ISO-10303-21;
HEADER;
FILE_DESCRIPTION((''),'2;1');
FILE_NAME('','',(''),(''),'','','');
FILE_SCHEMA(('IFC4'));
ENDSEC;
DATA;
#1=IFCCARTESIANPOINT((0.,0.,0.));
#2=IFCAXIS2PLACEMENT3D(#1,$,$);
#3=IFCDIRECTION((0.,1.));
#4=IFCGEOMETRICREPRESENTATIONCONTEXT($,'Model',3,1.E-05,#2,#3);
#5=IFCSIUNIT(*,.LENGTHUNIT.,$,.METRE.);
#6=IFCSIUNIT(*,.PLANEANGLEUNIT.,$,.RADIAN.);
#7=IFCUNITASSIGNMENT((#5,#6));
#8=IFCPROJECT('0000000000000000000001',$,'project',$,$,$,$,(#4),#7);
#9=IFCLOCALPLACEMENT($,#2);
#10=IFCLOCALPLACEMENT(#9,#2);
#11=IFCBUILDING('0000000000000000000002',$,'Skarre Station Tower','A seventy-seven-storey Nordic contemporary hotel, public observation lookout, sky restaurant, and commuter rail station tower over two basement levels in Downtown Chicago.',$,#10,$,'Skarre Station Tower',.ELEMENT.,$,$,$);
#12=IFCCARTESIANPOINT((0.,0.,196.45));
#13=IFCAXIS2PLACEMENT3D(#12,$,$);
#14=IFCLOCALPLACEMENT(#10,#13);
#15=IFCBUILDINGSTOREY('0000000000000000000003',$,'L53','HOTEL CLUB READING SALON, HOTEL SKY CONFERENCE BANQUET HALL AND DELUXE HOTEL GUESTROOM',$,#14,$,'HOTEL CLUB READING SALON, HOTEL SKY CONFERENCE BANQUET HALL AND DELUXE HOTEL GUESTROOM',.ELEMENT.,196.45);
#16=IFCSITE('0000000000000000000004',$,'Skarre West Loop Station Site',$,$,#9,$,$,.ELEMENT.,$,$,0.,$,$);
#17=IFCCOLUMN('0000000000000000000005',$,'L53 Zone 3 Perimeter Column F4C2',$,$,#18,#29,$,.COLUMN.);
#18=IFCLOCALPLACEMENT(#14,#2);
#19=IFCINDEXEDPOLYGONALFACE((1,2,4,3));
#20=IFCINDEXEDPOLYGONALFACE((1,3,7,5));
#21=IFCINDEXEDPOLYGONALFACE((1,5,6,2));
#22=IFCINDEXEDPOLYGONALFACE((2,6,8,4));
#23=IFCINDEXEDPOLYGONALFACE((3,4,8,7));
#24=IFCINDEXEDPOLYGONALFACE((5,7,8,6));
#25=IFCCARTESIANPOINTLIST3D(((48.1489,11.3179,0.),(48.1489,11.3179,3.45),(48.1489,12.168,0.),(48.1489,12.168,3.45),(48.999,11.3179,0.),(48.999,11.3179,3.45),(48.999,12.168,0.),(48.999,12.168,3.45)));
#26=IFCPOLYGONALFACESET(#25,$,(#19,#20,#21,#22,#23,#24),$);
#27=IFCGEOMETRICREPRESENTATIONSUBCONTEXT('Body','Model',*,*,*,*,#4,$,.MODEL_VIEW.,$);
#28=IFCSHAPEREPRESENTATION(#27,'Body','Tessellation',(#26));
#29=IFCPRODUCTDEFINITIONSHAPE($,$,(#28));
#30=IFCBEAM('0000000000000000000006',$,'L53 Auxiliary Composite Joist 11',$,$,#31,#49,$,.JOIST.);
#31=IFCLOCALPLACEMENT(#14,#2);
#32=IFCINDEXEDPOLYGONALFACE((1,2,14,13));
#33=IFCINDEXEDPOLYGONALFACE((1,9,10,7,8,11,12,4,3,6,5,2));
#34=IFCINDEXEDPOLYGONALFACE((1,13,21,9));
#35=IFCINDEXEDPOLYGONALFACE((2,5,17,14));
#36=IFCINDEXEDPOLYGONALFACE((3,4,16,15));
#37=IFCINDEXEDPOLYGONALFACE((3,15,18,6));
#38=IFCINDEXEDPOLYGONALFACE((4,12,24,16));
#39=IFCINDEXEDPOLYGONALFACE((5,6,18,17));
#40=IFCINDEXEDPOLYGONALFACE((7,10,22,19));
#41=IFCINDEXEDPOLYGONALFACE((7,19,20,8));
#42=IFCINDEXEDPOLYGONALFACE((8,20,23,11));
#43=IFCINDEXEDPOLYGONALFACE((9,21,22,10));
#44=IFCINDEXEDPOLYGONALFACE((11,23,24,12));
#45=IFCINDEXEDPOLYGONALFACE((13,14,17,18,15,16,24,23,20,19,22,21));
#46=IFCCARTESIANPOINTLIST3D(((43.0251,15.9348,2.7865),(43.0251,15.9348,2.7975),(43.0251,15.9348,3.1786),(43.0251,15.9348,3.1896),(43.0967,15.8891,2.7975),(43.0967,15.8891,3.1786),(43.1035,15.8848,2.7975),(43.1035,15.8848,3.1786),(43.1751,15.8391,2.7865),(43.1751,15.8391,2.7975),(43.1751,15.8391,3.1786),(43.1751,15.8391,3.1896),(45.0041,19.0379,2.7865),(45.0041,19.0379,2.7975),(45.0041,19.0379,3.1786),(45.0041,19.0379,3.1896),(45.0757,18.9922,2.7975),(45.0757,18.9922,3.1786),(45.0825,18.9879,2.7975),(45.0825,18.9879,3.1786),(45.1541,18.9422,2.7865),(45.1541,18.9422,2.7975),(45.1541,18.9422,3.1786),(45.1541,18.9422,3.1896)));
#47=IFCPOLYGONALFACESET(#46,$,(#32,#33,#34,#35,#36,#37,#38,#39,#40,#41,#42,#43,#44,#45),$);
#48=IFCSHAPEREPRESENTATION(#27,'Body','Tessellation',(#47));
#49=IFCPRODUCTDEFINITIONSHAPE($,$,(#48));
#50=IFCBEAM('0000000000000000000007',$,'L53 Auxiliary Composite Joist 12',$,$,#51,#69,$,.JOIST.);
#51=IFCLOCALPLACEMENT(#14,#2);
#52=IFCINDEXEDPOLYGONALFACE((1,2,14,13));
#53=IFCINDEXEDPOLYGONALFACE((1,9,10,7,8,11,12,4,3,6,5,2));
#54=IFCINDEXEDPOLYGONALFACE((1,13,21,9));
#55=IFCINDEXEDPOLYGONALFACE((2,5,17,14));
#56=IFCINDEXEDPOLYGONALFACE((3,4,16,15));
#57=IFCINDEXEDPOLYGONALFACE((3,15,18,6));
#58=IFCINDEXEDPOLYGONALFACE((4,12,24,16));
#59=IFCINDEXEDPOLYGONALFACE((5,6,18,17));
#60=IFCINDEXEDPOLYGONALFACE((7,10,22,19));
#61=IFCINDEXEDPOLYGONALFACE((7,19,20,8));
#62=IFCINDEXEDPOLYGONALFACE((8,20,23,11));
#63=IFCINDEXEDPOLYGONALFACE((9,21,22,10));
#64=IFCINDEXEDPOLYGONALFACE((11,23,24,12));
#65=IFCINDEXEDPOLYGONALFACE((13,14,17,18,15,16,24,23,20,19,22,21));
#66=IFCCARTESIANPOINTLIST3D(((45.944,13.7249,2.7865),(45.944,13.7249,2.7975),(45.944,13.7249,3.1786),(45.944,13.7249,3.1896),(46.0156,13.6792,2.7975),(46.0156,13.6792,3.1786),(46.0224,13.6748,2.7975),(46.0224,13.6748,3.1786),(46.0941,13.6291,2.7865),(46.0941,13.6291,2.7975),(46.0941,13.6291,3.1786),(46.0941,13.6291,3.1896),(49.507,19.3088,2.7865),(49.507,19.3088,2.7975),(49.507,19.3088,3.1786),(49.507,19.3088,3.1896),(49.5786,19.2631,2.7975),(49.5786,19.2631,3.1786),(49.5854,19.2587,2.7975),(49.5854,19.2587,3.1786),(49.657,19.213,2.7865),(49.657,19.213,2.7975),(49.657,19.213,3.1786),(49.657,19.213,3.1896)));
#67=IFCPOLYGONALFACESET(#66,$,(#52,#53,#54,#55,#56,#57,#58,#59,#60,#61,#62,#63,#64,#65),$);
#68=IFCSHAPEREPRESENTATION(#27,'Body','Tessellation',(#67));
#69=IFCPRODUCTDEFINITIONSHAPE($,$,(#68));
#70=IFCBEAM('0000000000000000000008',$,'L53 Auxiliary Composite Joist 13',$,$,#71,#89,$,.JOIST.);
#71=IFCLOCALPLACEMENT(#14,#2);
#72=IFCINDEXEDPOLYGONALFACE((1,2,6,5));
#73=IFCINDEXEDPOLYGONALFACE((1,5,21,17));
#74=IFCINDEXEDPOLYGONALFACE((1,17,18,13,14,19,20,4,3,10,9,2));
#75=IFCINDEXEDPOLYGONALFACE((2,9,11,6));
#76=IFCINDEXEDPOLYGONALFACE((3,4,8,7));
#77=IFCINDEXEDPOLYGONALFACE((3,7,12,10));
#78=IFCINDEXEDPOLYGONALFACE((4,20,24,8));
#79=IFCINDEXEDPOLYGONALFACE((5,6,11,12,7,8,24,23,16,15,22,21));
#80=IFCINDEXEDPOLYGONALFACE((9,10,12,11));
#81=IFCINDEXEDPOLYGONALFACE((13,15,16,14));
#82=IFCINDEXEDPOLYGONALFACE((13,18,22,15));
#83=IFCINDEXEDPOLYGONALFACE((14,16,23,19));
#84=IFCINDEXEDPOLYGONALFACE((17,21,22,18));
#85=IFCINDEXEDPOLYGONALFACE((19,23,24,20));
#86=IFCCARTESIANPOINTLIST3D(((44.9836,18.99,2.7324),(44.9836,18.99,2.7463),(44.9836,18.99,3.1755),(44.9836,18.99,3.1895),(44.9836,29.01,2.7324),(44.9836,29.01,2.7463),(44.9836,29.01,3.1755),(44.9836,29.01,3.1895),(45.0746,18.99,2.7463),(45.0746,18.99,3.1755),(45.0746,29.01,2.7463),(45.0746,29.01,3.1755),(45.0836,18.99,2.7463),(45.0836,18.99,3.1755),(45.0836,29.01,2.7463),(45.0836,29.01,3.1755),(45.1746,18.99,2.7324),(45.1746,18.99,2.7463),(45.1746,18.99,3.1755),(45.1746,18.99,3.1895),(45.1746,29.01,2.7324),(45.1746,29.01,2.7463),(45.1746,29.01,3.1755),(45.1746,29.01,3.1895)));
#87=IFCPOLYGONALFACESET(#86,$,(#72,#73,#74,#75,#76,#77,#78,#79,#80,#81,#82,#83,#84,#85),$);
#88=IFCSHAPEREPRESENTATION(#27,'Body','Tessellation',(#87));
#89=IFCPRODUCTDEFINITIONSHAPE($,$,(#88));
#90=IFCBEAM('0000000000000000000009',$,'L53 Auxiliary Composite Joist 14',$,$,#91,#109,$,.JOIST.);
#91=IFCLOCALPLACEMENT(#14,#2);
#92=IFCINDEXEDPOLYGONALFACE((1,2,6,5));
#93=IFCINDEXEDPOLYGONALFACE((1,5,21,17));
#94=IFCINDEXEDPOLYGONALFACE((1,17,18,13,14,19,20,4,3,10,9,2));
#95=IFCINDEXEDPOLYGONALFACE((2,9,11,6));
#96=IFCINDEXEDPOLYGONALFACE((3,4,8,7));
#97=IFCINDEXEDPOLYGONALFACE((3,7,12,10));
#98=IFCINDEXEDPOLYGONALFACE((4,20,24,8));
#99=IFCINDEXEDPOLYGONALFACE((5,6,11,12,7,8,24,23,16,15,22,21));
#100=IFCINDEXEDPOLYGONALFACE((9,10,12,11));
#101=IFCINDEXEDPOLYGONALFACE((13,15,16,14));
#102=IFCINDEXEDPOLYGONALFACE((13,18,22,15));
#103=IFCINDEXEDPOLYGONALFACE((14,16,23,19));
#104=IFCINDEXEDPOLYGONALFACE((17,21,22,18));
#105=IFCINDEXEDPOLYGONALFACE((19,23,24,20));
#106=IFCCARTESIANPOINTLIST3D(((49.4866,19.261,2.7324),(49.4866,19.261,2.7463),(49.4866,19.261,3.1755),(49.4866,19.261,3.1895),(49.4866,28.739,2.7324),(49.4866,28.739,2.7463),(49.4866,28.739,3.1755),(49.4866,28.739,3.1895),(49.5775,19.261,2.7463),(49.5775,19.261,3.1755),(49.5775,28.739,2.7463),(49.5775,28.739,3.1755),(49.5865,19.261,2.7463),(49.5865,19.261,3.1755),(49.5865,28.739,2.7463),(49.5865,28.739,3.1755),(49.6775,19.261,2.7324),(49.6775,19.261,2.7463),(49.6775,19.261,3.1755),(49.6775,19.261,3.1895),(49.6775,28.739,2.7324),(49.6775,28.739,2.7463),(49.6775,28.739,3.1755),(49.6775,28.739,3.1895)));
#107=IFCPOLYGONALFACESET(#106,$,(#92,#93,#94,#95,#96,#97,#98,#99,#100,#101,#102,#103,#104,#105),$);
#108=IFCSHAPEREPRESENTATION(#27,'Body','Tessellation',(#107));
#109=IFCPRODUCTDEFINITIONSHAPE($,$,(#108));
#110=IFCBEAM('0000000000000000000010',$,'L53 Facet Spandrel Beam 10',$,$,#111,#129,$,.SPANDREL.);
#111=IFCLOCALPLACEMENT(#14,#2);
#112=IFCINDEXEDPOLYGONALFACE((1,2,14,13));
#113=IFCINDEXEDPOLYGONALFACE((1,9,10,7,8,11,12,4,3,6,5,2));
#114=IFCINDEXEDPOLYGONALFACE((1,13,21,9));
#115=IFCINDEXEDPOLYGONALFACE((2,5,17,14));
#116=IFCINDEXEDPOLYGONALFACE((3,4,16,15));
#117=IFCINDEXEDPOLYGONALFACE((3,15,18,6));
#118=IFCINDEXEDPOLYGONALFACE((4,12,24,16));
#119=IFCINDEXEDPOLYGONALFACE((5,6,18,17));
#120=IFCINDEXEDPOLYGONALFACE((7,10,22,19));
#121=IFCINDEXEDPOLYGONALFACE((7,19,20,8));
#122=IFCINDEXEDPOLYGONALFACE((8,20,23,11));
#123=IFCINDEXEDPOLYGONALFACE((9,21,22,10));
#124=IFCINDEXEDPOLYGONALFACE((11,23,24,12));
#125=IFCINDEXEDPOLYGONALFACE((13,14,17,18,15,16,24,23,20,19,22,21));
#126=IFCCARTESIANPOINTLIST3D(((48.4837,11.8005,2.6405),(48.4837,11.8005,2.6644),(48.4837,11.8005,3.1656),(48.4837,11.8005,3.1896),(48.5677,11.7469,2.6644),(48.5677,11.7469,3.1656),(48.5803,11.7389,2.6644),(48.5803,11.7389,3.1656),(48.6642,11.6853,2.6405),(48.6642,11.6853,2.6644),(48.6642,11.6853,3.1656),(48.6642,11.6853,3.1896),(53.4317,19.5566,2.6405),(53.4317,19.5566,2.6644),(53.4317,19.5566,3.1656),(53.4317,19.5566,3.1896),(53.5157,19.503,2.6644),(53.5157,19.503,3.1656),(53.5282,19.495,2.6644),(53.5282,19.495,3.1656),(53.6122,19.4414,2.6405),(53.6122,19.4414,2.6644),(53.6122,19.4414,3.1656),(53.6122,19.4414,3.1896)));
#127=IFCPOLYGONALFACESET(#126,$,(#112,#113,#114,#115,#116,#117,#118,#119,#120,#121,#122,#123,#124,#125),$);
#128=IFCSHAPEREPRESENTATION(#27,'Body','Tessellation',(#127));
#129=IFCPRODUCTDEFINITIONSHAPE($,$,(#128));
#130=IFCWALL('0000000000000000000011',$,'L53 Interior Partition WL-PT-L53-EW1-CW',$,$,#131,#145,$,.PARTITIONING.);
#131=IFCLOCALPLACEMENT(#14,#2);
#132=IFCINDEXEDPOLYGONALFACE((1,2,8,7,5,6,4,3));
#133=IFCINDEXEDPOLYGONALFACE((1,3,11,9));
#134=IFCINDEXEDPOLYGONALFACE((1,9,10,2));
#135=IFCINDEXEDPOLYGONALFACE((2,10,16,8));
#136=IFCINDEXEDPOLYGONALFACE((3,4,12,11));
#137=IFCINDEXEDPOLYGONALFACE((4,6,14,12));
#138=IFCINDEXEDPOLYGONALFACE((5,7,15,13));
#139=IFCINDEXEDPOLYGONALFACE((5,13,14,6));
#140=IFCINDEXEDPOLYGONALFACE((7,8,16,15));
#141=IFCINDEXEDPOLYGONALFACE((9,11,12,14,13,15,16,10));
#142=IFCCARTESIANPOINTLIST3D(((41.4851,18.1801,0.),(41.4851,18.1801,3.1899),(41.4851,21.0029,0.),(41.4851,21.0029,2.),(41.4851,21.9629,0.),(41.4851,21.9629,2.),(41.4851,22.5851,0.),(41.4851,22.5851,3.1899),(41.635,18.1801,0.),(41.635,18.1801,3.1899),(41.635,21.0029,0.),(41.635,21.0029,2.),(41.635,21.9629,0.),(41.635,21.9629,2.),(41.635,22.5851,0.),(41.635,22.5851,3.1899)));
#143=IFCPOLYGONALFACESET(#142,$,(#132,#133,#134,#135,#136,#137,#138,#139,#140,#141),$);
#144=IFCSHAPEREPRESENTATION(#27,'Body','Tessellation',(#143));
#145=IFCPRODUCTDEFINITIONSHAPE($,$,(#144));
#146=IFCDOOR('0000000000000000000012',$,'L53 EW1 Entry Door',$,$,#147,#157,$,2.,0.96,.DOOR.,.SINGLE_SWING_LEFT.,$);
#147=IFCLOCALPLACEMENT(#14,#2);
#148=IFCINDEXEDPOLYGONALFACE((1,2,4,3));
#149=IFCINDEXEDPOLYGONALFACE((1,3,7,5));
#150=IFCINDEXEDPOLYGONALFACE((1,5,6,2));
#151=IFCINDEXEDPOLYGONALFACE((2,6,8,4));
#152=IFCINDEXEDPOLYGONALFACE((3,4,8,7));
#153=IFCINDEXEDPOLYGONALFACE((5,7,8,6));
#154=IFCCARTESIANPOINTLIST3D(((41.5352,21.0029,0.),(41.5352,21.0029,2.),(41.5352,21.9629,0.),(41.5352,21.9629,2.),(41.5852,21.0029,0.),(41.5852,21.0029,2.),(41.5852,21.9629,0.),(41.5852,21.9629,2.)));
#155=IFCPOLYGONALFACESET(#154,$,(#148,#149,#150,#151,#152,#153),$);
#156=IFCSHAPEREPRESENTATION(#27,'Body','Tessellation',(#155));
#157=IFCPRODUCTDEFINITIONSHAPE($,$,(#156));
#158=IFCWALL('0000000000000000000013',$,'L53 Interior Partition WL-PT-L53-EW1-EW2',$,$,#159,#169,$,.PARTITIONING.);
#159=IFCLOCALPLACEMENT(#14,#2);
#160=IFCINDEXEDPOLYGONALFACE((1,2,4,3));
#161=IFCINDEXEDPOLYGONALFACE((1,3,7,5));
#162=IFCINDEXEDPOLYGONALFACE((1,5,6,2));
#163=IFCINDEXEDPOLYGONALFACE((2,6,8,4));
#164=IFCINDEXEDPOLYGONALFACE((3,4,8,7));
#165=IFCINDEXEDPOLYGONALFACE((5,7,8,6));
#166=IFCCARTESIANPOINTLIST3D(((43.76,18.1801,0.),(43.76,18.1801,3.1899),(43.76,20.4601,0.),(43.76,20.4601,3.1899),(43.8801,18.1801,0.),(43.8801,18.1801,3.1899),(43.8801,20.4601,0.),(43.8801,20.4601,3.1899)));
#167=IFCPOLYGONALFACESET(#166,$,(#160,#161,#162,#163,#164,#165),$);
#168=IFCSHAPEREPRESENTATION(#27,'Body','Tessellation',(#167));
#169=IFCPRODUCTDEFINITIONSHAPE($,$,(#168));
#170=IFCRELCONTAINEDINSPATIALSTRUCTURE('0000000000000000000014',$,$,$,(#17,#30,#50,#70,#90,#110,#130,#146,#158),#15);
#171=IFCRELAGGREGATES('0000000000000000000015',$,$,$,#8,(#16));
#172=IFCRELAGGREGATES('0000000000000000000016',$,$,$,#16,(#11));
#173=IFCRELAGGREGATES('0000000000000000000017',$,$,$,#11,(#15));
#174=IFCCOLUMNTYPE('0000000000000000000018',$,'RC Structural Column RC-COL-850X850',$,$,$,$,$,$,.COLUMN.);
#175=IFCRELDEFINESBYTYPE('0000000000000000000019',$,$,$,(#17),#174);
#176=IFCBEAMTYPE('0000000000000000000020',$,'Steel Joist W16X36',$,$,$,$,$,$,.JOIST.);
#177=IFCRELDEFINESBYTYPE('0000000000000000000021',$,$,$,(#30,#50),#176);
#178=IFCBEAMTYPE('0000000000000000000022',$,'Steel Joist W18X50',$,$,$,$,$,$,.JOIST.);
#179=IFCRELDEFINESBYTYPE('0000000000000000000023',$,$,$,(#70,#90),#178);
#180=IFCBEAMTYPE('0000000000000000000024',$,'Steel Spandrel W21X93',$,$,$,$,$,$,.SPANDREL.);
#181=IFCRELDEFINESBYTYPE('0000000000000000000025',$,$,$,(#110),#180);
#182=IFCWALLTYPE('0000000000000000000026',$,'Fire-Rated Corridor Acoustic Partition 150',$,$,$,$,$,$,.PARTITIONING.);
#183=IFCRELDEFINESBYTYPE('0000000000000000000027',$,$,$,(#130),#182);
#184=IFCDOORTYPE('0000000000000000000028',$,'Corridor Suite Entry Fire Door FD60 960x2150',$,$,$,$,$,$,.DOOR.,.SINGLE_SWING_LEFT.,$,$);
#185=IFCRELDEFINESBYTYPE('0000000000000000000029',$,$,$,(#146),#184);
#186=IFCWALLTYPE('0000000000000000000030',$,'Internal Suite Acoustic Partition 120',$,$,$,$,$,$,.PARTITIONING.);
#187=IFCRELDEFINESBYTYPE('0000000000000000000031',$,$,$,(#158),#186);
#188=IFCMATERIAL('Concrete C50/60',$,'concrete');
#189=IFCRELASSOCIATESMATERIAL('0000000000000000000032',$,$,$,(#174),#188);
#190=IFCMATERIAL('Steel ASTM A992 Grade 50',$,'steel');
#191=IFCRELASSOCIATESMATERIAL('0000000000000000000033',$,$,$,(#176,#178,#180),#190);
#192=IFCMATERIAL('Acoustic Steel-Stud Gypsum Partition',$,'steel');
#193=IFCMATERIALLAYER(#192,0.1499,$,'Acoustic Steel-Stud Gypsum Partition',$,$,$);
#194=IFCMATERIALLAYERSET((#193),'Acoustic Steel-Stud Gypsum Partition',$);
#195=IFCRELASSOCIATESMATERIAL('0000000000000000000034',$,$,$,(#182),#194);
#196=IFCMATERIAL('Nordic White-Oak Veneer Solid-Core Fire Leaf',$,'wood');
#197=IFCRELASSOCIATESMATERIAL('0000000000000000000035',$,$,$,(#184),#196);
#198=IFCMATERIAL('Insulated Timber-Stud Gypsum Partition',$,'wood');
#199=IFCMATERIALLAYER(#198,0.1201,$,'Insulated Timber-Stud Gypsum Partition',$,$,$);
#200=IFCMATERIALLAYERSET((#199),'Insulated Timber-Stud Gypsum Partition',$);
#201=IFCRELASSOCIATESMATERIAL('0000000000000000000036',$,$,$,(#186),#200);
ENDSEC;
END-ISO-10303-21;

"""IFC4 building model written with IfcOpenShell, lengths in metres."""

from ifc_helpers import new_model, si_unit, direction, frame, frame_2d, origin, origin_2d, place, context, subcontext, project, spatial, rectangle, i_section, extrude, material, layer, layer_set, material_profile, profile_set, type_object, element, fill, save


model = new_model("IFC4")

# Units and contexts
model_context = context("Model", 3, precision=1e-05, world=origin(), true_north=direction((0.0, 1.0)))
body_context = subcontext(model_context, "Body", "Model", "MODEL_VIEW")
ifc_project = project(units=[si_unit("LENGTHUNIT", "METRE"), si_unit("PLANEANGLEUNIT", "RADIAN")], contexts=[model_context])

# Site, building, storey
site_placement = place(None, origin())
site = spatial("IfcSite", under=ifc_project, at=site_placement, Name="Skarre West Loop Station Site", CompositionType="ELEMENT", RefElevation=0.0)
building_placement = place(site_placement, origin())
building = spatial("IfcBuilding", under=site, at=building_placement, Name="Skarre Station Tower", Description="A seventy-seven-storey Nordic contemporary hotel, public observation lookout, sky restaurant, and commuter rail station tower over two basement levels in Downtown Chicago.", LongName="Skarre Station Tower", CompositionType="ELEMENT")
storey_placement = place(building_placement, frame((0.0, 0.0, 196.45)))
storey = spatial("IfcBuildingStorey", under=building, at=storey_placement, Name="L53", Description="HOTEL CLUB READING SALON, HOTEL SKY CONFERENCE BANQUET HALL AND DELUXE HOTEL GUESTROOM", LongName="HOTEL CLUB READING SALON, HOTEL SKY CONFERENCE BANQUET HALL AND DELUXE HOTEL GUESTROOM", CompositionType="ELEMENT", Elevation=196.45)

# Column
ifc_material_1 = material(Name="Concrete C50/60", Category="concrete")
ifc_material_profile_1 = material_profile(ifc_material_1, rectangle(XDim=0.8501, YDim=0.8501, at=origin_2d()), Name="Concrete C50/60")
ifc_profile_set_1 = profile_set([ifc_material_profile_1], Name="Concrete C50/60")
column_type = type_object("IfcColumnType", Name="RC Structural Column RC-COL-850X850", PredefinedType="COLUMN", material=ifc_profile_set_1)
column_placement = place(storey_placement, frame((48.574, 11.7429, 0.0), z_axis=(0.0, 0.0, 1.0), x_axis=(1.0, 0.0, 0.0)))
element("IfcColumn", 1, at=column_placement, inside=storey, type_object=column_type, Name="L53 Zone 3 Perimeter Column F4C2", PredefinedType="COLUMN", context=body_context, shape_type="SweptSolid", body=[
    extrude(rectangle(XDim=0.8501, YDim=0.8501, at=origin_2d()), origin(), (0.0, 0.0, 1.0), 3.45),
])

# Beams
ifc_material_2 = material(Name="Steel ASTM A992 Grade 50", Category="steel")
ifc_material_profile_2 = material_profile(ifc_material_2, i_section(OverallWidth=0.178, OverallDepth=0.4031, WebThickness=0.0081, FlangeThickness=0.011, at=origin_2d()), Name="Steel ASTM A992 Grade 50")
ifc_profile_set_2 = profile_set([ifc_material_profile_2], Name="Steel ASTM A992 Grade 50")
beam_type_1 = type_object("IfcBeamType", Name="Steel Joist W16X36", PredefinedType="JOIST", material=ifc_profile_set_2)
beam_1_placement = place(storey_placement, frame((43.1001, 15.887, 2.988), z_axis=(0.537717, 0.843126, 0.0), x_axis=(-0.843126, 0.537717, 0.0)))
element("IfcBeam", 2, at=beam_1_placement, inside=storey, type_object=beam_type_1, Name="L53 Auxiliary Composite Joist 11", PredefinedType="JOIST", context=body_context, shape_type="SweptSolid", body=[
    extrude(i_section(OverallWidth=0.178, OverallDepth=0.4031, WebThickness=0.0081, FlangeThickness=0.011, at=origin_2d()), origin(), (0.0, 0.0, 1.0), 3.6804),
])
beam_2_placement = place(storey_placement, frame((46.019, 13.677, 2.988), z_axis=(0.537901, 0.843008, 0.0), x_axis=(-0.843008, 0.537901, 0.0)))
element("IfcBeam", 3, at=beam_2_placement, inside=storey, type_object=beam_type_1, Name="L53 Auxiliary Composite Joist 12", PredefinedType="JOIST", context=body_context, shape_type="SweptSolid", body=[
    extrude(i_section(OverallWidth=0.178, OverallDepth=0.4031, WebThickness=0.0081, FlangeThickness=0.011, at=origin_2d()), origin(), (0.0, 0.0, 1.0), 6.6238),
])
ifc_material_profile_3 = material_profile(ifc_material_2, i_section(OverallWidth=0.1909, OverallDepth=0.457, WebThickness=0.009, FlangeThickness=0.0139, at=origin_2d()), Name="Steel ASTM A992 Grade 50")
ifc_profile_set_3 = profile_set([ifc_material_profile_3], Name="Steel ASTM A992 Grade 50")
beam_type_2 = type_object("IfcBeamType", Name="Steel Joist W18X50", PredefinedType="JOIST", material=ifc_profile_set_3)
beam_3_placement = place(storey_placement, frame((45.0791, 18.99, 2.9609), z_axis=(0.0, 1.0, 0.0), x_axis=(-1.0, 0.0, 0.0)))
element("IfcBeam", 4, at=beam_3_placement, inside=storey, type_object=beam_type_2, Name="L53 Auxiliary Composite Joist 13", PredefinedType="JOIST", context=body_context, shape_type="SweptSolid", body=[
    extrude(i_section(OverallWidth=0.1909, OverallDepth=0.457, WebThickness=0.009, FlangeThickness=0.0139, at=origin_2d()), origin(), (0.0, 0.0, 1.0), 10.02),
])
beam_4_placement = place(storey_placement, frame((49.582, 19.261, 2.9609), z_axis=(0.0, 1.0, 0.0), x_axis=(-1.0, 0.0, 0.0)))
element("IfcBeam", 5, at=beam_4_placement, inside=storey, type_object=beam_type_2, Name="L53 Auxiliary Composite Joist 14", PredefinedType="JOIST", context=body_context, shape_type="SweptSolid", body=[
    extrude(i_section(OverallWidth=0.1909, OverallDepth=0.457, WebThickness=0.009, FlangeThickness=0.0139, at=origin_2d()), origin(), (0.0, 0.0, 1.0), 9.478),
])
ifc_material_profile_4 = material_profile(ifc_material_2, i_section(OverallWidth=0.2141, OverallDepth=0.5491, WebThickness=0.0149, FlangeThickness=0.0239, at=origin_2d()), Name="Steel ASTM A992 Grade 50")
ifc_profile_set_4 = profile_set([ifc_material_profile_4], Name="Steel ASTM A992 Grade 50")
beam_type_3 = type_object("IfcBeamType", Name="Steel Spandrel W21X93", PredefinedType="SPANDREL", material=ifc_profile_set_4)
beam_5_placement = place(storey_placement, frame((48.574, 11.7429, 2.915), z_axis=(0.537826, 0.843056, 0.0), x_axis=(-0.843056, 0.537826, 0.0)))
element("IfcBeam", 6, at=beam_5_placement, inside=storey, type_object=beam_type_3, Name="L53 Facet Spandrel Beam 10", PredefinedType="SPANDREL", context=body_context, shape_type="SweptSolid", body=[
    extrude(i_section(OverallWidth=0.2141, OverallDepth=0.5491, WebThickness=0.0149, FlangeThickness=0.0239, at=origin_2d()), origin(), (0.0, 0.0, 1.0), 9.2),
])

# Wall, opening, door
ifc_material_3 = material(Name="Acoustic Steel-Stud Gypsum Partition", Category="steel")
ifc_layer_1 = layer(ifc_material_3, 0.1499, Name="Acoustic Steel-Stud Gypsum Partition")
ifc_layer_set_1 = layer_set([ifc_layer_1], Name="Acoustic Steel-Stud Gypsum Partition")
wall_type_1 = type_object("IfcWallType", Name="Fire-Rated Corridor Acoustic Partition 150", PredefinedType="PARTITIONING", material=ifc_layer_set_1)
wall_1_placement = place(storey_placement, frame((41.5601, 18.1799, 0.0), z_axis=(0.0, 0.0, 1.0), x_axis=(0.0, 1.0, 0.0)))
wall_1 = element("IfcWall", 7, at=wall_1_placement, inside=storey, type_object=wall_type_1, Name="L53 Interior Partition WL-PT-L53-EW1-CW", PredefinedType="PARTITIONING", context=body_context, shape_type="SweptSolid", body=[
    extrude(rectangle(XDim=4.405, YDim=0.1499, at=frame_2d((2.2026, 0.0))), origin(), (0.0, 0.0, 1.0), 3.1899),
])
opening_1_placement = place(wall_1_placement, frame((2.823, 0.0, 0.0)))
opening_1 = element("IfcOpeningElement", 8, at=opening_1_placement, cuts=wall_1, PredefinedType="OPENING", context=body_context, shape_type="SweptSolid", body=[
    extrude(rectangle(XDim=0.96, YDim=2.0, at=frame_2d((0.48, 1.0))), frame((0.0, 0.085, 0.0), z_axis=(0.0, -1.0, 0.0), x_axis=(1.0, 0.0, 0.0)), (0.0, 0.0, 1.0), 0.1699),
])
ifc_material_4 = material(Name="Nordic White-Oak Veneer Solid-Core Fire Leaf", Category="wood")
door_type = type_object("IfcDoorType", Name="Corridor Suite Entry Fire Door FD60 960x2150", OperationType="SINGLE_SWING_LEFT", PredefinedType="DOOR", material=ifc_material_4)
door_placement = place(opening_1_placement, origin())
door = element("IfcDoor", 9, at=door_placement, inside=storey, type_object=door_type, Name="L53 EW1 Entry Door", OperationType="SINGLE_SWING_LEFT", OverallHeight=2.0, OverallWidth=0.96, PredefinedType="DOOR", context=body_context, shape_type="SweptSolid", body=[
    extrude(rectangle(XDim=0.96, YDim=2.0, at=frame_2d((0.48, 1.0))), frame((0.0, 0.0249, 0.0), z_axis=(0.0, -1.0, 0.0), x_axis=(1.0, 0.0, 0.0)), (0.0, 0.0, 1.0), 0.05),
])
fill(opening_1, door)

# Wall
ifc_material_5 = material(Name="Insulated Timber-Stud Gypsum Partition", Category="wood")
ifc_layer_2 = layer(ifc_material_5, 0.1201, Name="Insulated Timber-Stud Gypsum Partition")
ifc_layer_set_2 = layer_set([ifc_layer_2], Name="Insulated Timber-Stud Gypsum Partition")
wall_type_2 = type_object("IfcWallType", Name="Internal Suite Acoustic Partition 120", PredefinedType="PARTITIONING", material=ifc_layer_set_2)
wall_2_placement = place(storey_placement, frame((43.8201, 18.1799, 0.0), z_axis=(0.0, 0.0, 1.0), x_axis=(0.0, 1.0, 0.0)))
element("IfcWall", 10, at=wall_2_placement, inside=storey, type_object=wall_type_2, Name="L53 Interior Partition WL-PT-L53-EW1-EW2", PredefinedType="PARTITIONING", context=body_context, shape_type="SweptSolid", body=[
    extrude(rectangle(XDim=2.28, YDim=0.1201, at=frame_2d((1.1401, 0.0))), origin(), (0.0, 0.0, 1.0), 3.1899),
])

save(model, "model.ifc")
